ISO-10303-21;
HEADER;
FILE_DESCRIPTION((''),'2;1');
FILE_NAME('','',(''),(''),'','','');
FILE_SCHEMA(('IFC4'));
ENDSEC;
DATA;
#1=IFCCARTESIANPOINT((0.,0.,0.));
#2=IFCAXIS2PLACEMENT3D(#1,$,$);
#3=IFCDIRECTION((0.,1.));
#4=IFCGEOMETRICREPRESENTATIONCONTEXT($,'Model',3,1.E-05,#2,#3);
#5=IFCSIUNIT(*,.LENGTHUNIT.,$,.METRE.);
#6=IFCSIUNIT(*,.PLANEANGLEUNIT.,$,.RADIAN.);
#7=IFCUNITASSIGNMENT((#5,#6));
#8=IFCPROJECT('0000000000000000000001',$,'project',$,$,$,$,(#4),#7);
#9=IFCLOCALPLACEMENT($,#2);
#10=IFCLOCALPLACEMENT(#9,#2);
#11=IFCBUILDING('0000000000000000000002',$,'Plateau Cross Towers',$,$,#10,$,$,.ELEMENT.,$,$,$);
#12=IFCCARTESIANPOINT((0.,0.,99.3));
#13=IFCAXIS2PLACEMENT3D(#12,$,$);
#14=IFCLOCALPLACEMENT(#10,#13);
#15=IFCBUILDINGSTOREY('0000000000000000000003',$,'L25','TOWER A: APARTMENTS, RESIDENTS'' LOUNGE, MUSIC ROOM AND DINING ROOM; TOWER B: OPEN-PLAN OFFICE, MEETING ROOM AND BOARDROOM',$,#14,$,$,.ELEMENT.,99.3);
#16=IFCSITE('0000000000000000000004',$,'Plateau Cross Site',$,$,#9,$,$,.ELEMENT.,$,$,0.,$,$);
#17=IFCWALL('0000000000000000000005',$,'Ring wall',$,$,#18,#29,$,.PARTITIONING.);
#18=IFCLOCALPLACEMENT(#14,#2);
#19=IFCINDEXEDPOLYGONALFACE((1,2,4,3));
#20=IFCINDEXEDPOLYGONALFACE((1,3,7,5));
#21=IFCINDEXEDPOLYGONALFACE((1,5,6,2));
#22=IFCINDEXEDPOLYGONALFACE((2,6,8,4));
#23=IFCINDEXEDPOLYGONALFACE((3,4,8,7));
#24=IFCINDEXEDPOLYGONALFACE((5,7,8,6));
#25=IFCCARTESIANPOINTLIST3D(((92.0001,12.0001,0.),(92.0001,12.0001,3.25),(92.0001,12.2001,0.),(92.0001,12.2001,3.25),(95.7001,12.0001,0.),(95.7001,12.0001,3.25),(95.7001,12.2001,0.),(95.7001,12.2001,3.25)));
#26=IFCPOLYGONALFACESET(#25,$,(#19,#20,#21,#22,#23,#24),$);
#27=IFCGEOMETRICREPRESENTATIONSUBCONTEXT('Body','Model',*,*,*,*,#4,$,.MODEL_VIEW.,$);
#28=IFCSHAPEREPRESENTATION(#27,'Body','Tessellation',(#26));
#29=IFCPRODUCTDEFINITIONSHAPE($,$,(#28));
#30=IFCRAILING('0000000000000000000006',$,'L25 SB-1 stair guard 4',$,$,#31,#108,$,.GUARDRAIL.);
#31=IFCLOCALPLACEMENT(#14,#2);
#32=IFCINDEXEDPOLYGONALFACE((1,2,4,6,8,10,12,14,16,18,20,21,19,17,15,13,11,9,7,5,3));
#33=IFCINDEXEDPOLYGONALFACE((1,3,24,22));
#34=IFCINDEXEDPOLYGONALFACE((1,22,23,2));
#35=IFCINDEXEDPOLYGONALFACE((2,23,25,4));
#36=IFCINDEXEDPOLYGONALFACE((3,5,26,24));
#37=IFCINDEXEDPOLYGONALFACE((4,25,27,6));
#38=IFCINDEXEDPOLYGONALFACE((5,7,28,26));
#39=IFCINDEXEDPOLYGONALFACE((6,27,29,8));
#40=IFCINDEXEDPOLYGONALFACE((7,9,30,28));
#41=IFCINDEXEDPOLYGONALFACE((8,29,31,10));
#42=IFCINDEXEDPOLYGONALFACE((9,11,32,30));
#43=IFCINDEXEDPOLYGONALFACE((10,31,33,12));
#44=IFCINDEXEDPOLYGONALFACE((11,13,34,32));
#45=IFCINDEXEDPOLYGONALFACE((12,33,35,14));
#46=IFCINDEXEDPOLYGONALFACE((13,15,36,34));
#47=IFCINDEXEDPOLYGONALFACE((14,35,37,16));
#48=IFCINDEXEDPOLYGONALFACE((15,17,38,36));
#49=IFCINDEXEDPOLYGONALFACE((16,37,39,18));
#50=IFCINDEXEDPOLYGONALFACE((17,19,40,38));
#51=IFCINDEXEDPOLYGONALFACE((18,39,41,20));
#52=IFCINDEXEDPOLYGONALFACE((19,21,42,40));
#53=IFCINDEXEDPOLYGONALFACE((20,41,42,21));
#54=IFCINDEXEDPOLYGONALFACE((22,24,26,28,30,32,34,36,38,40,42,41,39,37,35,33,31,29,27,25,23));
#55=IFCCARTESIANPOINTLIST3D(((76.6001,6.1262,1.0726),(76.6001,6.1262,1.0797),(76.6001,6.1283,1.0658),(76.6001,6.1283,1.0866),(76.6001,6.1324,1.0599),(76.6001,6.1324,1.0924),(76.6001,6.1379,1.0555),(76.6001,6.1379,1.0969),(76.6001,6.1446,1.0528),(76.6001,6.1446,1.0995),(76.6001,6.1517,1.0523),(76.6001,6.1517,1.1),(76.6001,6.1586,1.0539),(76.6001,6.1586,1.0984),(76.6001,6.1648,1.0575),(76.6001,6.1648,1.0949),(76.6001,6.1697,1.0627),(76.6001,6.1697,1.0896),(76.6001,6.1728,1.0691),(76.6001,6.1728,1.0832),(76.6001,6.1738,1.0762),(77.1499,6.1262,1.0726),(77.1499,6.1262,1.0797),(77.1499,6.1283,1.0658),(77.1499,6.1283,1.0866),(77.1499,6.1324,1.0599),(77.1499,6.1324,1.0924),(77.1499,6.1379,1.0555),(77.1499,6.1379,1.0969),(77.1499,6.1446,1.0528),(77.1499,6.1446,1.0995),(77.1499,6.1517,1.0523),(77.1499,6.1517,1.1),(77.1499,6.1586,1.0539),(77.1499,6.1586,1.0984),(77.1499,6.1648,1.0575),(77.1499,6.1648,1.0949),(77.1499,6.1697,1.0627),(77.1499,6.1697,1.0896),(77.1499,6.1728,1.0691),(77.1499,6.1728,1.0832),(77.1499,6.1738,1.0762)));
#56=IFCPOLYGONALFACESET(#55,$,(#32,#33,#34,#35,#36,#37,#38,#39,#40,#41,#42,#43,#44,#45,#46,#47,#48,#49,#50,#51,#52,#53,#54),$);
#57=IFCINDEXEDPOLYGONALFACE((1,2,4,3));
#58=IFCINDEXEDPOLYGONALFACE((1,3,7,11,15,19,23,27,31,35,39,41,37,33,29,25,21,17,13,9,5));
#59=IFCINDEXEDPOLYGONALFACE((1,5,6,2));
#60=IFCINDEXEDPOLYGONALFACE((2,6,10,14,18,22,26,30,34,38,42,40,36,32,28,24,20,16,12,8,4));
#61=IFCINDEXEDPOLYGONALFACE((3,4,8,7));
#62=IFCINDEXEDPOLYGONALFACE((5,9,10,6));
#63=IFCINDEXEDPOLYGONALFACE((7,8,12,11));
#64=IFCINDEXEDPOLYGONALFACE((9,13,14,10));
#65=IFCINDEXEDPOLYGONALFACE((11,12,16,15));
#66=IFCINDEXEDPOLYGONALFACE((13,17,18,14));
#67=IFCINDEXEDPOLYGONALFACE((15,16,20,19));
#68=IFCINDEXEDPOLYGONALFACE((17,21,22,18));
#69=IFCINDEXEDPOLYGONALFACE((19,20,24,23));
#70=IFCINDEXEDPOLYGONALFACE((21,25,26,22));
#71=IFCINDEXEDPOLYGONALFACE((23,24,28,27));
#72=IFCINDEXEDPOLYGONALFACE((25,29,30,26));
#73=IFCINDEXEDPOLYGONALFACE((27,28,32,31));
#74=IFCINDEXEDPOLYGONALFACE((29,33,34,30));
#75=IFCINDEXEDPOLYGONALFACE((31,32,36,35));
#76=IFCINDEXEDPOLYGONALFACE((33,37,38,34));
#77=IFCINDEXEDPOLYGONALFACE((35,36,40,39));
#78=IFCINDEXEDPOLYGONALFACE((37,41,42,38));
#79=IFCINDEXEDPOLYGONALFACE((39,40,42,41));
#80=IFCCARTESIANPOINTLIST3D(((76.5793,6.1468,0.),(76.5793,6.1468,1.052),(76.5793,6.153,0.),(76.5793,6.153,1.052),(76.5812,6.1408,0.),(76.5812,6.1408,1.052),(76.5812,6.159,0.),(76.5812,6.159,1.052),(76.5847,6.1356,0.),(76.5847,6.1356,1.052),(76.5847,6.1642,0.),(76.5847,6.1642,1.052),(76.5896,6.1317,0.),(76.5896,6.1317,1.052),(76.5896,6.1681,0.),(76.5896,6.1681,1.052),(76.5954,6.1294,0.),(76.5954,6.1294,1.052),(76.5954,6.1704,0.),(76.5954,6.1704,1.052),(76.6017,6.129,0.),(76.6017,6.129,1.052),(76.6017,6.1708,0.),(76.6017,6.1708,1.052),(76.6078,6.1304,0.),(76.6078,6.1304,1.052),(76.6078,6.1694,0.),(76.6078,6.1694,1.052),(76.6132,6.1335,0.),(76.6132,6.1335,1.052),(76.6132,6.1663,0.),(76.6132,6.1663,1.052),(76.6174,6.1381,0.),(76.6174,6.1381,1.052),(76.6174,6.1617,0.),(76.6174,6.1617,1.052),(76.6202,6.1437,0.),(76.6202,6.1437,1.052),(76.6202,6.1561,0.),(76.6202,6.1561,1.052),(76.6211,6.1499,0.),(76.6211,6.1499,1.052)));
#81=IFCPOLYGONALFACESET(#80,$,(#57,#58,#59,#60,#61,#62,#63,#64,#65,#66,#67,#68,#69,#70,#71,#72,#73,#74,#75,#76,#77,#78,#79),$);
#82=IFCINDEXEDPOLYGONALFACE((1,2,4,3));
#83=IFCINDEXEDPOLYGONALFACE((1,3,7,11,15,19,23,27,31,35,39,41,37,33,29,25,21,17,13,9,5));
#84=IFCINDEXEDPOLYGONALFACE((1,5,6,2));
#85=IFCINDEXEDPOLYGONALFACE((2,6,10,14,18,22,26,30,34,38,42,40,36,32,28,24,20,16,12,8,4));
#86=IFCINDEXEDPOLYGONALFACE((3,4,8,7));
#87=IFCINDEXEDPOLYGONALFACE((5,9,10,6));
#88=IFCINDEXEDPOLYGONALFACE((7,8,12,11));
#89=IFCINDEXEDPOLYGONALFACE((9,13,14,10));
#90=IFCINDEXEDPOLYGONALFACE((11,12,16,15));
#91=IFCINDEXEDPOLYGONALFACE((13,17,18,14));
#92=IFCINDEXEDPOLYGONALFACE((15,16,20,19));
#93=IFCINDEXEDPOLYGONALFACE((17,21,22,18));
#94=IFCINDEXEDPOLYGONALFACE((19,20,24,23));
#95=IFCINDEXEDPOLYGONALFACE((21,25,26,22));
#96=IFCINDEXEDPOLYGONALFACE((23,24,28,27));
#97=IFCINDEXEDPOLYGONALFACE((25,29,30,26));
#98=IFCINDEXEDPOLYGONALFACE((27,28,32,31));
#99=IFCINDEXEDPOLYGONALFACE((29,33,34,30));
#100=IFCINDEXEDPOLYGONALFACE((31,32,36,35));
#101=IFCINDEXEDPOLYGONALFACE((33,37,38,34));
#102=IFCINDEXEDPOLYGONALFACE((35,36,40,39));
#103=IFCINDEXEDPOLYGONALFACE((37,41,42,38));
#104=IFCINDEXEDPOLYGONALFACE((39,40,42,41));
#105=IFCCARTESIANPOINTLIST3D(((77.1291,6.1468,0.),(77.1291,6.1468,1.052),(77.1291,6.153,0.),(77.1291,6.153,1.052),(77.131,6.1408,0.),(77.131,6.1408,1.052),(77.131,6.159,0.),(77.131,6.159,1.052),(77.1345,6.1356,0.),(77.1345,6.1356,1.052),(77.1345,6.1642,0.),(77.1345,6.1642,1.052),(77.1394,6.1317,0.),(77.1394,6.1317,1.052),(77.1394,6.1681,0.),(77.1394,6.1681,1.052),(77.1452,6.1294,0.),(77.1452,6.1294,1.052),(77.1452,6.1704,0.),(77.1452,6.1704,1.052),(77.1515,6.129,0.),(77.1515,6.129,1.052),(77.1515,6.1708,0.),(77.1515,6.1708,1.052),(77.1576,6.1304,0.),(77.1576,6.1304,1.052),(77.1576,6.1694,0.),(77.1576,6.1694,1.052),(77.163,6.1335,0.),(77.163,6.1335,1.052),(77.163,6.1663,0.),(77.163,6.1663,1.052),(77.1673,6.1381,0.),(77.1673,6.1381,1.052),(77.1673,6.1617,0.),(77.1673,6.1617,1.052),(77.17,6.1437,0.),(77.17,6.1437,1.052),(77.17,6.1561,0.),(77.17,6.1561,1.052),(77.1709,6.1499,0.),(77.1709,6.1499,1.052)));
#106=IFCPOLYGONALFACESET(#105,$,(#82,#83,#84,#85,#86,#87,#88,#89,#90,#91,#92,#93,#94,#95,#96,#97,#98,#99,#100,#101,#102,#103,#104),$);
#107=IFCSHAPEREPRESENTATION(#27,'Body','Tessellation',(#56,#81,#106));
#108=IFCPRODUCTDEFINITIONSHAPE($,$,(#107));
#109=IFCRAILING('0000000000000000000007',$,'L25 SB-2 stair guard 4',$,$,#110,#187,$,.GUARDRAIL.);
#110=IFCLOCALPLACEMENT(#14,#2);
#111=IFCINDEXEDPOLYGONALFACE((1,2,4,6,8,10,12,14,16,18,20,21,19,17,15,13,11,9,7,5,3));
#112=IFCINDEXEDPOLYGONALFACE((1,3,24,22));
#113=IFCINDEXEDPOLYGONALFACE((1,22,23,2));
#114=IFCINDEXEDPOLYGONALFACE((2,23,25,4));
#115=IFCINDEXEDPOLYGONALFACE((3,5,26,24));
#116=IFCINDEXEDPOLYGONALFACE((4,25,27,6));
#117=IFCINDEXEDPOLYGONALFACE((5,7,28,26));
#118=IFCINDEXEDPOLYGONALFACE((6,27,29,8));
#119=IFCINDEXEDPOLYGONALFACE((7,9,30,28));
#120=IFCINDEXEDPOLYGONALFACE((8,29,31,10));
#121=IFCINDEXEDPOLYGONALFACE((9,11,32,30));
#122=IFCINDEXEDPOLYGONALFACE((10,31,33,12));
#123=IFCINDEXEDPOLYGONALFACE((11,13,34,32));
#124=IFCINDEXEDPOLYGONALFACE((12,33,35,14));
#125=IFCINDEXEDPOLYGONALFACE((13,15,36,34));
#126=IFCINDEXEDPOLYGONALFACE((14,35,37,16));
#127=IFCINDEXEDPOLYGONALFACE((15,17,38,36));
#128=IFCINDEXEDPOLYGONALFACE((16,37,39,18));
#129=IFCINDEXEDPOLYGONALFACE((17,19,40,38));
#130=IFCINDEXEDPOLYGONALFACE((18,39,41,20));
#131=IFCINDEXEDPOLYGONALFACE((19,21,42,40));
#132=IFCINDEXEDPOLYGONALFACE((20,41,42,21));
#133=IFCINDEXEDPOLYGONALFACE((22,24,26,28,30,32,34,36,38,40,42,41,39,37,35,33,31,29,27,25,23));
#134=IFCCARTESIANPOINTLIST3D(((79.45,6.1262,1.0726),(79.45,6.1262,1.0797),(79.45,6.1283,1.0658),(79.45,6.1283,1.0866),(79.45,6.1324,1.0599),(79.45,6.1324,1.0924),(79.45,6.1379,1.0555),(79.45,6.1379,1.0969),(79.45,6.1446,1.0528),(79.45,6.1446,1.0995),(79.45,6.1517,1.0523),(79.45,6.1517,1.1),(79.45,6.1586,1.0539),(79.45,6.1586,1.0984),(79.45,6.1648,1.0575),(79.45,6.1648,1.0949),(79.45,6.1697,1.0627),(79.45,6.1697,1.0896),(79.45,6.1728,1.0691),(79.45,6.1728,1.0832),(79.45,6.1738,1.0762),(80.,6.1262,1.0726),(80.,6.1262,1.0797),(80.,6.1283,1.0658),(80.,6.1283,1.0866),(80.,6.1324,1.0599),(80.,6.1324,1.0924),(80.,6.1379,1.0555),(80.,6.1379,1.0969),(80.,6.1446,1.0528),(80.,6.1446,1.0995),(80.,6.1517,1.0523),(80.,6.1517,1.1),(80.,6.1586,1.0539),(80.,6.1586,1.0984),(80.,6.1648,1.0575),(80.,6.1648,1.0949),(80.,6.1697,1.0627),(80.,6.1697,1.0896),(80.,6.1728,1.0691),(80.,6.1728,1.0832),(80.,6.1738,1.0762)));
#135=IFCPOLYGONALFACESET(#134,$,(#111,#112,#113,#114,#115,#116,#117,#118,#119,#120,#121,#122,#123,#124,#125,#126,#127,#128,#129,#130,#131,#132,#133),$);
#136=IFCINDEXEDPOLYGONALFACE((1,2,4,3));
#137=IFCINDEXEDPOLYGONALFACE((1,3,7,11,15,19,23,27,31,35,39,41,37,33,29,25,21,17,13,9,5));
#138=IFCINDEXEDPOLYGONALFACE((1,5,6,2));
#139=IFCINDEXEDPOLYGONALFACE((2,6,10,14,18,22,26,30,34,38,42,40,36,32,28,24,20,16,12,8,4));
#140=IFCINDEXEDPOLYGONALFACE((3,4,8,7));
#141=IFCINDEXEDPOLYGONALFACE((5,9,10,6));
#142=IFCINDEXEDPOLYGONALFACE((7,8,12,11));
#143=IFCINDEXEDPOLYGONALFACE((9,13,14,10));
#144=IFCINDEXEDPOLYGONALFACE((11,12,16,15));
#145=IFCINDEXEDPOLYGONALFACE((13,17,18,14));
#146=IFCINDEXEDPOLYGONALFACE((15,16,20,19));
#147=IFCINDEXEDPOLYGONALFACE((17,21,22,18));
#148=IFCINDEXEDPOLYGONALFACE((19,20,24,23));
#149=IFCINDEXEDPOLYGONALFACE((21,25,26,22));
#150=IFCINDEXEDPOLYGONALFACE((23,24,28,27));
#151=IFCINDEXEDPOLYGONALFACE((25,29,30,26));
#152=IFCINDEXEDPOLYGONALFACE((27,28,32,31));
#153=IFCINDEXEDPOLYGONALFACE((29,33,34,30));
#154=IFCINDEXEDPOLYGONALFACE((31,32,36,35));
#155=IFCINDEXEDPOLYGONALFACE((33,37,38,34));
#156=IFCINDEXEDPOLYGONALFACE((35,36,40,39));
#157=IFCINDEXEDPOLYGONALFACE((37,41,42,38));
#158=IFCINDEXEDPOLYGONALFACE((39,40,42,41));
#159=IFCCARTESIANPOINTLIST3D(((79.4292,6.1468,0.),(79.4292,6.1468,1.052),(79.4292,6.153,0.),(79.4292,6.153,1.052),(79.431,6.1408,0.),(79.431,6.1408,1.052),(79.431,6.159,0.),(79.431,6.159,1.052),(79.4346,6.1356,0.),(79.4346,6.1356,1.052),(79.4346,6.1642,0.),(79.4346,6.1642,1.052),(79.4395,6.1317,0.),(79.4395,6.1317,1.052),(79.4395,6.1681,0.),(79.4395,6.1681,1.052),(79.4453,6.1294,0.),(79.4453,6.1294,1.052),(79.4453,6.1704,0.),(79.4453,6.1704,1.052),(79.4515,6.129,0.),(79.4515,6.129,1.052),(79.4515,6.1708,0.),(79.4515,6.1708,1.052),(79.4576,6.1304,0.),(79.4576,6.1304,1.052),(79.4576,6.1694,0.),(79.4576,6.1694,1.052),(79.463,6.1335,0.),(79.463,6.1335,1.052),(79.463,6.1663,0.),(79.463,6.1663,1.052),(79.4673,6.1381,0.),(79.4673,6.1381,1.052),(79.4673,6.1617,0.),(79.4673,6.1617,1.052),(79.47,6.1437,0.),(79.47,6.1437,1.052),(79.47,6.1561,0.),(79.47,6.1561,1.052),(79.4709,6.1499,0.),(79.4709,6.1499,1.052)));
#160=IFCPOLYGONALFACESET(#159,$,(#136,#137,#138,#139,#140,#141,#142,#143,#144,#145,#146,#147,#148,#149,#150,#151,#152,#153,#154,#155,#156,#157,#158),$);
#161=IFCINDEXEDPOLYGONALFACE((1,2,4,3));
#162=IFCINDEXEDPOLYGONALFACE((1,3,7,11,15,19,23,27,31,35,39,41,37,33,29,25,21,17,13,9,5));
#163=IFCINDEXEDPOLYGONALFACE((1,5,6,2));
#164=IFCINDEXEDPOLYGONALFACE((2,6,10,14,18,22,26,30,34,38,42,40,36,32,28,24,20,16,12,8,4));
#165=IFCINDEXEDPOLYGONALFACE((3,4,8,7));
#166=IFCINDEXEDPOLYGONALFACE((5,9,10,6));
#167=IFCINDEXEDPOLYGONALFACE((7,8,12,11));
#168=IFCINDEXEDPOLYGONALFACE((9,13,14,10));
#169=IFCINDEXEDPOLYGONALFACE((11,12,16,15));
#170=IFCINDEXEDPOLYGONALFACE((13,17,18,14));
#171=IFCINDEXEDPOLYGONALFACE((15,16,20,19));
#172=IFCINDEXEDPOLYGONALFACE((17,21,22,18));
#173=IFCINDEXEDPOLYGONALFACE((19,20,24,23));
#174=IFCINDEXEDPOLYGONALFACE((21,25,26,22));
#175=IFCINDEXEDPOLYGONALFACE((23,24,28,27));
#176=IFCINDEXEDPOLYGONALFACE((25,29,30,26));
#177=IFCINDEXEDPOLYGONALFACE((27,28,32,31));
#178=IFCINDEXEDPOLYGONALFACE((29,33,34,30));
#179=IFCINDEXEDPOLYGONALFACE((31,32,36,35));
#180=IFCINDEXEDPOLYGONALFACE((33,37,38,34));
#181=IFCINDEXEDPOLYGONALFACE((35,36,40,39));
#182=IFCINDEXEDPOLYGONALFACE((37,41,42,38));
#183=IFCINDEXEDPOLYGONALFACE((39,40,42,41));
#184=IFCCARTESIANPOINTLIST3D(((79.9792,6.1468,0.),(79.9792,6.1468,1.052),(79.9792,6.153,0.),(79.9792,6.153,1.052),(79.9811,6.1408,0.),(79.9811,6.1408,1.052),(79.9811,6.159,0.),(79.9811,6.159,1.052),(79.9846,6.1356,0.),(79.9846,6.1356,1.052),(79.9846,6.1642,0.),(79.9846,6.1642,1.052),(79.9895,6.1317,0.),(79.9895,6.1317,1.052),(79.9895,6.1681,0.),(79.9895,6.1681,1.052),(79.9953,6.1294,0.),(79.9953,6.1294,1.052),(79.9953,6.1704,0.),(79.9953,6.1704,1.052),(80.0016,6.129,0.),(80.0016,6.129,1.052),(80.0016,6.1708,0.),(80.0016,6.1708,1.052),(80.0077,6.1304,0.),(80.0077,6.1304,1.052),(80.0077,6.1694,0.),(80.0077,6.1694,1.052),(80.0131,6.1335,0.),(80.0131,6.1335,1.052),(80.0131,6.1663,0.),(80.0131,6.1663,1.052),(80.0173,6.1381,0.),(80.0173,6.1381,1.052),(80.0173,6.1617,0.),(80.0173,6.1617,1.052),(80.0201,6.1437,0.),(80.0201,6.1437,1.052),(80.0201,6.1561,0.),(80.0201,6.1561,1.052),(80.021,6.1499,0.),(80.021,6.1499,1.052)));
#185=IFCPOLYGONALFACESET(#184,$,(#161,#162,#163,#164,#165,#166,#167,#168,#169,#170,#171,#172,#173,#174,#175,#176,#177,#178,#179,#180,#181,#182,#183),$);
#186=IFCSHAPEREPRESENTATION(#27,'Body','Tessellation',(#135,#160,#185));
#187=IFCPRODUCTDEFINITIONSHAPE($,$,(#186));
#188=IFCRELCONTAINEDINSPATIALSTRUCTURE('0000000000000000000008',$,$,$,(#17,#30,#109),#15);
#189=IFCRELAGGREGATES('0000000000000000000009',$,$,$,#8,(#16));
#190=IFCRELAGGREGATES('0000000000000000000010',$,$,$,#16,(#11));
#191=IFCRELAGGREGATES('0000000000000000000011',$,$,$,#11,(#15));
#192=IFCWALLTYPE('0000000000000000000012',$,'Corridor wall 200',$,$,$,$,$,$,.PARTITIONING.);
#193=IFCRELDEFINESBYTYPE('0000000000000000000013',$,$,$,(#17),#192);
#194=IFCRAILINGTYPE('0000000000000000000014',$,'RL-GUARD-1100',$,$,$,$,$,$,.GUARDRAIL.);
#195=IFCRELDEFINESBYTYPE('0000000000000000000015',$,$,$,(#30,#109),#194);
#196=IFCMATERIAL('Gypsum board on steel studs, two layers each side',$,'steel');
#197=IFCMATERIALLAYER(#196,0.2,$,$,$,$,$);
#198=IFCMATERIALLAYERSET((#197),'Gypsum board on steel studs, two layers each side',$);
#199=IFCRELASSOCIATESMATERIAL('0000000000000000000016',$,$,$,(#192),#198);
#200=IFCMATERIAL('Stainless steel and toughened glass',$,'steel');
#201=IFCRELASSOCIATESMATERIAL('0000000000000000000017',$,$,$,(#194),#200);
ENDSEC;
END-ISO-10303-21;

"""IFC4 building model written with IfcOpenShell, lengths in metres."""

from ifc_helpers import new_model, si_unit, direction, frame, frame_2d, origin, origin_2d, place, context, subcontext, project, spatial, rectangle, circle, extrude, material, layer, layer_set, type_object, element, save


model = new_model("IFC4")

# Units and contexts
model_context = context("Model", 3, precision=1e-05, world=origin(), true_north=direction((0.0, 1.0)))
body_context = subcontext(model_context, "Body", "Model", "MODEL_VIEW")
ifc_project = project(units=[si_unit("LENGTHUNIT", "METRE"), si_unit("PLANEANGLEUNIT", "RADIAN")], contexts=[model_context])

# Site, building, storey
site_placement = place(None, origin())
site = spatial("IfcSite", under=ifc_project, at=site_placement, Name="Plateau Cross Site", CompositionType="ELEMENT", RefElevation=0.0)
building_placement = place(site_placement, origin())
building = spatial("IfcBuilding", under=site, at=building_placement, Name="Plateau Cross Towers", CompositionType="ELEMENT")
storey_placement = place(building_placement, frame((0.0, 0.0, 99.3)))
storey = spatial("IfcBuildingStorey", under=building, at=storey_placement, Name="L25", Description="TOWER A: APARTMENTS, RESIDENTS' LOUNGE, MUSIC ROOM AND DINING ROOM; TOWER B: OPEN-PLAN OFFICE, MEETING ROOM AND BOARDROOM", CompositionType="ELEMENT", Elevation=99.3)

# Shared definitions
ifc_material_1 = material(Name="Gypsum board on steel studs, two layers each side", Category="steel")
ifc_layer_1 = layer(ifc_material_1, 0.2)
ifc_layer_set_1 = layer_set([ifc_layer_1], Name="Gypsum board on steel studs, two layers each side")
wall_type_1 = type_object("IfcWallType", Name="Corridor wall 200", PredefinedType="PARTITIONING", material=ifc_layer_set_1)

# Wall
for number, where, z_axis, x_axis, name in (
    (1, (92.0, 12.1001, 0.0), (0.0, 0.0, 1.0), (1.0, 0.0, 0.0), "Ring wall"),
):
    element("IfcWall", number, at=place(storey_placement, frame(where, z_axis=z_axis, x_axis=x_axis)), inside=storey, type_object=wall_type_1, Name=name, PredefinedType="PARTITIONING", context=body_context, shape_type="SweptSolid", body=[
        extrude(rectangle(XDim=3.7, YDim=0.2, at=frame_2d((1.8501, 0.0))), origin(), (0.0, 0.0, 1.0), 3.25),
    ])

# Railings
ifc_material_2 = material(Name="Stainless steel and toughened glass", Category="steel")
railing_type = type_object("IfcRailingType", Name="RL-GUARD-1100", PredefinedType="GUARDRAIL", material=ifc_material_2)
railing_1_placement = place(storey_placement, frame((76.6001, 6.1499, 0.0)))
element("IfcRailing", 2, at=railing_1_placement, inside=storey, type_object=railing_type, Name="L25 SB-1 stair guard 4", PredefinedType="GUARDRAIL", context=body_context, shape_type="SweptSolid", body=[
    extrude(circle(Radius=0.0239, at=origin_2d()), frame((0.0, 0.0, 1.0762), z_axis=(1.0, 0.0, 0.0), x_axis=(0.0, 1.0, 0.0)), (0.0, 0.0, 1.0), 0.5498),
    extrude(circle(Radius=0.021, at=origin_2d()), origin(), (0.0, 0.0, 1.0), 1.052),
    extrude(circle(Radius=0.021, at=origin_2d()), frame((0.5498, 0.0, 0.0)), (0.0, 0.0, 1.0), 1.052),
])
railing_2_placement = place(storey_placement, frame((79.45, 6.1499, 0.0)))
element("IfcRailing", 3, at=railing_2_placement, inside=storey, type_object=railing_type, Name="L25 SB-2 stair guard 4", PredefinedType="GUARDRAIL", context=body_context, shape_type="SweptSolid", body=[
    extrude(circle(Radius=0.0239, at=origin_2d()), frame((0.0, 0.0, 1.0762), z_axis=(1.0, 0.0, 0.0), x_axis=(0.0, 1.0, 0.0)), (0.0, 0.0, 1.0), 0.55),
    extrude(circle(Radius=0.021, at=origin_2d()), origin(), (0.0, 0.0, 1.0), 1.052),
    extrude(circle(Radius=0.021, at=origin_2d()), frame((0.55, 0.0, 0.0)), (0.0, 0.0, 1.0), 1.052),
])

save(model, "model.ifc")
